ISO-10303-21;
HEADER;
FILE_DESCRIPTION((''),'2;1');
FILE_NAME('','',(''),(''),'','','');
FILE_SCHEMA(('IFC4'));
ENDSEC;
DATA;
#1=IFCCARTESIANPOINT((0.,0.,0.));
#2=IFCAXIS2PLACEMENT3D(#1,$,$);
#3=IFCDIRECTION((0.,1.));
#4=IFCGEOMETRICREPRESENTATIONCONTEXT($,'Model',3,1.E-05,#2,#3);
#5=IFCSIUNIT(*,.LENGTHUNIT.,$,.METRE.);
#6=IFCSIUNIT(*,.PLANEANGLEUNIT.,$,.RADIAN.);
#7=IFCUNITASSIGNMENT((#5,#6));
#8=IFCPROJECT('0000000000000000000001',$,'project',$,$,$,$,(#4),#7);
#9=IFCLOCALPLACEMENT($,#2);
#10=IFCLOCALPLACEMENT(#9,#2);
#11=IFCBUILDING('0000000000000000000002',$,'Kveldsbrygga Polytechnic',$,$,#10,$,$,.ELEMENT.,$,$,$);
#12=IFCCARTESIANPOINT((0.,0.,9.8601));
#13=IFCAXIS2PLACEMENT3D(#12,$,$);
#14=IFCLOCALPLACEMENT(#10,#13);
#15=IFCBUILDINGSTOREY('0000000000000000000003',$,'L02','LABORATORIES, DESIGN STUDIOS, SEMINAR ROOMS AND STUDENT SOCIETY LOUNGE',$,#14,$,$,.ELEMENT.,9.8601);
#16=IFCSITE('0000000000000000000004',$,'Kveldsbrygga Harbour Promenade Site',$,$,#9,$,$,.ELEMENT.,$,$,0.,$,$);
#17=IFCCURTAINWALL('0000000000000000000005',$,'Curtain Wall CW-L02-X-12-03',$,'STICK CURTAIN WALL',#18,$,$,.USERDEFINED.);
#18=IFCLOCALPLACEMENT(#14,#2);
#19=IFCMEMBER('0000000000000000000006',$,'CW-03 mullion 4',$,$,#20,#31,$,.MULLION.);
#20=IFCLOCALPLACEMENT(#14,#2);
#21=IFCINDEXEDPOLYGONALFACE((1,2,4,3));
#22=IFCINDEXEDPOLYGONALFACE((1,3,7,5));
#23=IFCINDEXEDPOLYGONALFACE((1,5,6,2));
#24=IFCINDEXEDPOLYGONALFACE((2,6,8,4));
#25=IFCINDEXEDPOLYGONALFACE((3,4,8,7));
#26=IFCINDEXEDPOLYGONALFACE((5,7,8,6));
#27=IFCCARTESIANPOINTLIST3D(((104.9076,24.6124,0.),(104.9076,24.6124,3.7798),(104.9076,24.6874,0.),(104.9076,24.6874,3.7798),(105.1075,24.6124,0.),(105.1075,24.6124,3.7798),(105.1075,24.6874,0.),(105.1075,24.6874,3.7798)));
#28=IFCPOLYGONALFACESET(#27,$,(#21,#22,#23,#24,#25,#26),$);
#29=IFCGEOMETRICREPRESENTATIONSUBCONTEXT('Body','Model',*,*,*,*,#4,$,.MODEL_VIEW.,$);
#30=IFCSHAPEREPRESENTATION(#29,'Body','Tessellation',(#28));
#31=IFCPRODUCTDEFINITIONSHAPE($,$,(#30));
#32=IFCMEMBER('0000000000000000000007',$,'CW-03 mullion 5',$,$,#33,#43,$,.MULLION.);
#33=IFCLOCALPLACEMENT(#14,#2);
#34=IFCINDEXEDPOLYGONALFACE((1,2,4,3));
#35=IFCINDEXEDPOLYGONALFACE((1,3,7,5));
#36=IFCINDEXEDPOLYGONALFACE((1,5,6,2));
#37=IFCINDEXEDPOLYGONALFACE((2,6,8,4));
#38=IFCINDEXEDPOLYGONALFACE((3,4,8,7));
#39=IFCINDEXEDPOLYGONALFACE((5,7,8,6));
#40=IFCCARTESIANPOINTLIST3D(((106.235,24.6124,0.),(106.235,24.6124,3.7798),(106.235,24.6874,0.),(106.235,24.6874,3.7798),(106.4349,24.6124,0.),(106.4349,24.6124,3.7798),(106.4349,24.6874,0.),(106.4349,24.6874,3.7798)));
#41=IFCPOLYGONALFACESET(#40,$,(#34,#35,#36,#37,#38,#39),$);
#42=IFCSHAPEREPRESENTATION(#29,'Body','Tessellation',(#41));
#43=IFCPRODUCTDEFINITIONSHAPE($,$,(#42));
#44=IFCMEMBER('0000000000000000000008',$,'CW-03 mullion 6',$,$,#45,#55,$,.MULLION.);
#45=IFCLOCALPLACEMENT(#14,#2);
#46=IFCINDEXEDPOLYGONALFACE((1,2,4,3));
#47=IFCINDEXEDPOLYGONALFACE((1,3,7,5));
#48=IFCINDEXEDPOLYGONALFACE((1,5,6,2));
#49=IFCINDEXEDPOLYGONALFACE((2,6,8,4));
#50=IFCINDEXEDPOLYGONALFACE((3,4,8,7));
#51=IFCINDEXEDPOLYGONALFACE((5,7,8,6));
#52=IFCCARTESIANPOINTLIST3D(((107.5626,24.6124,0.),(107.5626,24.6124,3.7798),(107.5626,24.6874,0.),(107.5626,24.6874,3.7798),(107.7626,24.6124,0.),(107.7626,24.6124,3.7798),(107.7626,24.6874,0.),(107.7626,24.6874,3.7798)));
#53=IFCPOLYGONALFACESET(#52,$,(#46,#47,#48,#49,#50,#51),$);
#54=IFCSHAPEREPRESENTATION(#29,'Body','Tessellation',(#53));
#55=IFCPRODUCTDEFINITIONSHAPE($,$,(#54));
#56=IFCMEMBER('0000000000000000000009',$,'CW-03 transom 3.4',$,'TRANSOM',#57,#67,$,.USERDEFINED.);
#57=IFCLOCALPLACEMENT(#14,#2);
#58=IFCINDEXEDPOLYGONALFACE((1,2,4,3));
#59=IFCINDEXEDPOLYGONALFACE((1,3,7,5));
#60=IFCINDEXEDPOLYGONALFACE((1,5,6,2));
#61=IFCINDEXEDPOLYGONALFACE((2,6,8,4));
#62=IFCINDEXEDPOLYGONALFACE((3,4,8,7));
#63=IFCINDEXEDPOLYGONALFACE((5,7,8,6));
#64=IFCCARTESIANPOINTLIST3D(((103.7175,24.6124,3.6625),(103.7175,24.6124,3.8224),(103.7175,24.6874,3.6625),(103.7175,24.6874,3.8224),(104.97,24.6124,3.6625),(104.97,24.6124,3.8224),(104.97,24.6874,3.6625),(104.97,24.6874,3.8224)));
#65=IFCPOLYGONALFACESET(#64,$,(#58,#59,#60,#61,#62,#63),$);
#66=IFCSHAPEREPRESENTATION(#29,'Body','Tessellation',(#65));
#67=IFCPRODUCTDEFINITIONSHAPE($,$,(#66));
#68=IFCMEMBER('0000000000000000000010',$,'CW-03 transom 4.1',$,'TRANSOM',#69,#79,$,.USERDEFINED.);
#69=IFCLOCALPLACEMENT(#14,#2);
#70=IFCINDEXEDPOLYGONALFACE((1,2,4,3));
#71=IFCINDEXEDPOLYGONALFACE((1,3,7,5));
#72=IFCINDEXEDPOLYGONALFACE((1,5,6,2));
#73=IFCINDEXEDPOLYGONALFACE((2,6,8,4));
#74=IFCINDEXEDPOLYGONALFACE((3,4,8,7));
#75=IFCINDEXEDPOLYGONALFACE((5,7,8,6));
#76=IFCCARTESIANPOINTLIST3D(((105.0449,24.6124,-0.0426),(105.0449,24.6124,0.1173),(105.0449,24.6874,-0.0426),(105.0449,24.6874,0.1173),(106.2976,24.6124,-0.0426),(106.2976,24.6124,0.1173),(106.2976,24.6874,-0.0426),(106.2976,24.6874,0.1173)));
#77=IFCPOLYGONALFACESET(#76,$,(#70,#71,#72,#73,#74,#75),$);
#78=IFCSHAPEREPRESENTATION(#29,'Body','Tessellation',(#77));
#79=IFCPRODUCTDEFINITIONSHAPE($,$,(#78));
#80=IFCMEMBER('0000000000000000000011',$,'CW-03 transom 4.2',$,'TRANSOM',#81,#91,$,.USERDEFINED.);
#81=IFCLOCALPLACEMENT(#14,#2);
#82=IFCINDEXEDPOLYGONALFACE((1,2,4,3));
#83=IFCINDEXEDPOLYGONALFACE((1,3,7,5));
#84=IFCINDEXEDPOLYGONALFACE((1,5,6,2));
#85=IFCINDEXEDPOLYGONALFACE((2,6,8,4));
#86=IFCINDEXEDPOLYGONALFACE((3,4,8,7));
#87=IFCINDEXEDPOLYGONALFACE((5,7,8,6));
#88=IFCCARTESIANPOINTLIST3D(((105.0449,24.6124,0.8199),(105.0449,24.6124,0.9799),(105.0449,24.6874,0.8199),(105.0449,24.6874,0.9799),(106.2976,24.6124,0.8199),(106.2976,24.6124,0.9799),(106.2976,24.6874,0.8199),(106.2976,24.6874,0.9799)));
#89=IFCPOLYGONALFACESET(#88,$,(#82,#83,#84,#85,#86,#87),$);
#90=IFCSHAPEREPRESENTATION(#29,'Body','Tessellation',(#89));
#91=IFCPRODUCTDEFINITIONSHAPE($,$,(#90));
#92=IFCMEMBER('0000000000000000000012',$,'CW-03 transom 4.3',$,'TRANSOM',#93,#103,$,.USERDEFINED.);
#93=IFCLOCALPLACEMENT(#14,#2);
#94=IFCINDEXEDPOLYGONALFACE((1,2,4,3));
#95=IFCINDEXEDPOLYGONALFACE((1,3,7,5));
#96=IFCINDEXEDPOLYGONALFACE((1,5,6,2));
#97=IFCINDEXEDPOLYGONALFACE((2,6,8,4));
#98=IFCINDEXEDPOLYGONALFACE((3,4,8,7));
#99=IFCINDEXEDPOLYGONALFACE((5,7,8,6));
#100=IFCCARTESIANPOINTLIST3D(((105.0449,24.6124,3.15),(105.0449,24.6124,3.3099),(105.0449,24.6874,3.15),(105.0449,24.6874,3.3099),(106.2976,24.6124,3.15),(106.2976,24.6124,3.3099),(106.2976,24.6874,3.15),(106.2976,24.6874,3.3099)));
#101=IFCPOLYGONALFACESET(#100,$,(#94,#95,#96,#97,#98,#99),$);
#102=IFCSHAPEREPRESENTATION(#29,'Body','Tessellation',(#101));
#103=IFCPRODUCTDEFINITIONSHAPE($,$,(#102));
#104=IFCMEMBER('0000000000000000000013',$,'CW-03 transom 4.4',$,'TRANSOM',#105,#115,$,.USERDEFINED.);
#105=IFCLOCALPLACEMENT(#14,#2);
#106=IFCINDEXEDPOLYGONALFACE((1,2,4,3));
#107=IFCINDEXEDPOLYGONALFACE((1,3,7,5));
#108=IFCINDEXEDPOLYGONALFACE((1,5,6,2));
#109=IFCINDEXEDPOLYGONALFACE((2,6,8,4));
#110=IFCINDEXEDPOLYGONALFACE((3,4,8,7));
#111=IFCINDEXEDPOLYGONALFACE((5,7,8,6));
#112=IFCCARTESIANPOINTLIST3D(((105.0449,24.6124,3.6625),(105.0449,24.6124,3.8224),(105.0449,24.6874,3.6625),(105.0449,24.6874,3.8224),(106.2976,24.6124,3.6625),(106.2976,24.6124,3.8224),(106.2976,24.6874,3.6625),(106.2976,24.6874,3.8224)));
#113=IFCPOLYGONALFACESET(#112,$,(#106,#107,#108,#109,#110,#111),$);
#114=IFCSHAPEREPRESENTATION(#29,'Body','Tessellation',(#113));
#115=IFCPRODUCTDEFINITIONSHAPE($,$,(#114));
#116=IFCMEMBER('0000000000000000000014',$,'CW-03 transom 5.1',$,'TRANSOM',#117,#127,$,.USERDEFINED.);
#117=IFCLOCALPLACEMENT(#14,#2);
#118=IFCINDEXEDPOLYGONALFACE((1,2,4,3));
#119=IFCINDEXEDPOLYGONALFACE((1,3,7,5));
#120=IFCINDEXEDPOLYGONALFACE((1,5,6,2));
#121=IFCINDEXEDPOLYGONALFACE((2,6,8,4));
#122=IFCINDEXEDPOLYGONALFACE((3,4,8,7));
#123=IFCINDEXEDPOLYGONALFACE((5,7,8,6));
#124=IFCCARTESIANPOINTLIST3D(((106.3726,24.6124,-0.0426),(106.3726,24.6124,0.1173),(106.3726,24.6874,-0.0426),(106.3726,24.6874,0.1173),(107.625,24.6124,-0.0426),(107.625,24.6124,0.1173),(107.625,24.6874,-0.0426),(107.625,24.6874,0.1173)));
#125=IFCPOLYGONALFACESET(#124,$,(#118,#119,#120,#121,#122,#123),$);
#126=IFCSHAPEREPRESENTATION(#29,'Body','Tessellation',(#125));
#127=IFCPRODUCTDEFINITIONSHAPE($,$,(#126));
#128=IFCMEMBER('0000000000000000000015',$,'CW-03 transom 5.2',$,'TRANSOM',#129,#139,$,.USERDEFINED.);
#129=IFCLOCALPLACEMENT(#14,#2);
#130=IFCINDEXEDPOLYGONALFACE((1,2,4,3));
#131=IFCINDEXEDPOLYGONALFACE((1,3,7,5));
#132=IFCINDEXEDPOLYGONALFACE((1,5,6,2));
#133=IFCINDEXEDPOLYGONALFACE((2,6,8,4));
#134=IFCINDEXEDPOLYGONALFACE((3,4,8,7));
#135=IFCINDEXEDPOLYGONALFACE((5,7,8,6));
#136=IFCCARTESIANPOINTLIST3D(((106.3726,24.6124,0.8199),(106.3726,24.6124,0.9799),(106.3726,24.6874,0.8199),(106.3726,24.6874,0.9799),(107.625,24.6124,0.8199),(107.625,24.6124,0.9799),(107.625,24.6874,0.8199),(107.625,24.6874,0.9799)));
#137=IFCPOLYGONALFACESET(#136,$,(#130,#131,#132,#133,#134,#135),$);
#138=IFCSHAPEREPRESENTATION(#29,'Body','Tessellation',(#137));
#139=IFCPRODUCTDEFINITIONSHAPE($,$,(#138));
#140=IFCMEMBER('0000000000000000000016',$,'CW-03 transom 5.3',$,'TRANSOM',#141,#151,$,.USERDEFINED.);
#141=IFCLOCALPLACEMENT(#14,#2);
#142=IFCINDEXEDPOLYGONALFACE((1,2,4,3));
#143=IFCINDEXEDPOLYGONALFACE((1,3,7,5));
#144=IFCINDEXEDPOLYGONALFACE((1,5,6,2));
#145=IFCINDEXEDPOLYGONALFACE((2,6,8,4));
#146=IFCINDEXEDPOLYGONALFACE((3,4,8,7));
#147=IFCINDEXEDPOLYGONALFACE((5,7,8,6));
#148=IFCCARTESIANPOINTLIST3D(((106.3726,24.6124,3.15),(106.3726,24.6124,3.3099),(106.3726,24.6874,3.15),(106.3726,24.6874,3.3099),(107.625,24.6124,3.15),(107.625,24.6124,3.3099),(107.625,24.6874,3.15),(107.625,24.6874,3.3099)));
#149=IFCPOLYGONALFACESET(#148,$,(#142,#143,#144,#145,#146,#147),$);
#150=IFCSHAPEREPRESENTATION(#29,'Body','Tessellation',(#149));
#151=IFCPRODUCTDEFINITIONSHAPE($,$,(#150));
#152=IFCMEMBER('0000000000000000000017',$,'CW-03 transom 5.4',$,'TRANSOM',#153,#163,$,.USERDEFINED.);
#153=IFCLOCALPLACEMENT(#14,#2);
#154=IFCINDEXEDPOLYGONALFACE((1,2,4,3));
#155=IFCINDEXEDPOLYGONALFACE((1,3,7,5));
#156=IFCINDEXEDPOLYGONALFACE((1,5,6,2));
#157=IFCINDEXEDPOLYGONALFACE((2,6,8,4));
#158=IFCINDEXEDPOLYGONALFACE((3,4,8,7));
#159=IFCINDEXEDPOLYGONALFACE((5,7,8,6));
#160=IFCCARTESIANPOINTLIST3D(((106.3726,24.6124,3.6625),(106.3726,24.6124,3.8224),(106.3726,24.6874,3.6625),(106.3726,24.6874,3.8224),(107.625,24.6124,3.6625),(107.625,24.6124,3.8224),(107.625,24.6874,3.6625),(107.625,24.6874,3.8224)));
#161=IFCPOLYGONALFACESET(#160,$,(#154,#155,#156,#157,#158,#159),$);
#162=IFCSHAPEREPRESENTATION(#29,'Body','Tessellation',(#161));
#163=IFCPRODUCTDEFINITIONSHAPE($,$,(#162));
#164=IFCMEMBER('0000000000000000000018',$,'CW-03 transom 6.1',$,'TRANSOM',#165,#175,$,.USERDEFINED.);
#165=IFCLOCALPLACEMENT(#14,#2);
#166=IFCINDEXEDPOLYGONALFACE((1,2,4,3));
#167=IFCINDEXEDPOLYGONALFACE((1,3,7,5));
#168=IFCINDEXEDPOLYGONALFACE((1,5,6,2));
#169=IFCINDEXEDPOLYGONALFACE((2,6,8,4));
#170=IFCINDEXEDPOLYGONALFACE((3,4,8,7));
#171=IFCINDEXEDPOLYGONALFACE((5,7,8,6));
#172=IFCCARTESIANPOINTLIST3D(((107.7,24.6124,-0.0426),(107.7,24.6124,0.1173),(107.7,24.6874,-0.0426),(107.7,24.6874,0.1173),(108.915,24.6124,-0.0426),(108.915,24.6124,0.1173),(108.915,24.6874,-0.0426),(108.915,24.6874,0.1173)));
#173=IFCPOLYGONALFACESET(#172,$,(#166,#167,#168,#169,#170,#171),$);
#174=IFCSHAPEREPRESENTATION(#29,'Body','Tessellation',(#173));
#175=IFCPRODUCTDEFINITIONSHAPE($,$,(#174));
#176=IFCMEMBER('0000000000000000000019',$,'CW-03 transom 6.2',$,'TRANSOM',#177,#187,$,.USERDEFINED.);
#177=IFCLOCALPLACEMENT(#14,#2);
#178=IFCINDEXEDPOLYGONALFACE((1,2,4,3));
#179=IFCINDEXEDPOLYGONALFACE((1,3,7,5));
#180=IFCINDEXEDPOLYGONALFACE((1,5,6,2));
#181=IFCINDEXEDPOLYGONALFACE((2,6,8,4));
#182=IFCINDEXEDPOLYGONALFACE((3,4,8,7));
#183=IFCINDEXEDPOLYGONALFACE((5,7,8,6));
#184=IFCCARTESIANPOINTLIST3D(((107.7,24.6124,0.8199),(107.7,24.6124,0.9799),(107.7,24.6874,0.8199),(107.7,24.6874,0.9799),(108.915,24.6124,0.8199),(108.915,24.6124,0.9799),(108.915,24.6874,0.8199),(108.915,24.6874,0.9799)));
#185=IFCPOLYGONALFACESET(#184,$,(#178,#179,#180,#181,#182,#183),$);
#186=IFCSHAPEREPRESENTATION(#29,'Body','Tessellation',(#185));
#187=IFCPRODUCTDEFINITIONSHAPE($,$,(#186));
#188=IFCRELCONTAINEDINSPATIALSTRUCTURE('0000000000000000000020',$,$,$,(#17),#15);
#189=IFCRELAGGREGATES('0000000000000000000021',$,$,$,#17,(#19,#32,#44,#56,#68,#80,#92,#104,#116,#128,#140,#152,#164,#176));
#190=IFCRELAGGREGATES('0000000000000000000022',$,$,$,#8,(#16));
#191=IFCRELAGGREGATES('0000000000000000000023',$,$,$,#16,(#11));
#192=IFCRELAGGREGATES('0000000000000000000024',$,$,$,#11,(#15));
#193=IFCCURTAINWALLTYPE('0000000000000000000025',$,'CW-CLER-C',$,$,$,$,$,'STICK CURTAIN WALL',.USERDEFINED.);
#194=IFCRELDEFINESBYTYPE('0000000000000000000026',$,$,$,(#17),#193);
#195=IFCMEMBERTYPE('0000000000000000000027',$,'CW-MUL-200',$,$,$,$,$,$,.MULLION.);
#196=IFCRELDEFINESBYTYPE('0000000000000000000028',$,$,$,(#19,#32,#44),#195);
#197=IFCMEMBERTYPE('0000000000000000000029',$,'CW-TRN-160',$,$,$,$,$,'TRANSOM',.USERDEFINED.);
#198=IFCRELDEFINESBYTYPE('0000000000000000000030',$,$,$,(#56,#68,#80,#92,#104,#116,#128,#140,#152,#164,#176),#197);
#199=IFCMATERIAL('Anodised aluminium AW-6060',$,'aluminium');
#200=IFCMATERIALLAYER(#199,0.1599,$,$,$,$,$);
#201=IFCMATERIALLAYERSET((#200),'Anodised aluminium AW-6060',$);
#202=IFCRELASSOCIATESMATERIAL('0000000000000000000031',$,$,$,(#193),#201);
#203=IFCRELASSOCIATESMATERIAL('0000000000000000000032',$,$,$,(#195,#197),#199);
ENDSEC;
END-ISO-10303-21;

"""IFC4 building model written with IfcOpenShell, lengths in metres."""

from ifc_helpers import new_model, si_unit, direction, frame, origin, origin_2d, place, context, subcontext, project, spatial, rectangle, extrude, material, layer, layer_set, material_profile, profile_set, type_object, element, aggregate, save


model = new_model("IFC4")

# Units and contexts
model_context = context("Model", 3, precision=1e-05, world=origin(), true_north=direction((0.0, 1.0)))
body_context = subcontext(model_context, "Body", "Model", "MODEL_VIEW")
ifc_project = project(units=[si_unit("LENGTHUNIT", "METRE"), si_unit("PLANEANGLEUNIT", "RADIAN")], contexts=[model_context])

# Site, building, storey
site_placement = place(None, origin())
site = spatial("IfcSite", under=ifc_project, at=site_placement, Name="Kveldsbrygga Harbour Promenade Site", CompositionType="ELEMENT", RefElevation=0.0)
building_placement = place(site_placement, origin())
building = spatial("IfcBuilding", under=site, at=building_placement, Name="Kveldsbrygga Polytechnic", CompositionType="ELEMENT")
storey_placement = place(building_placement, frame((0.0, 0.0, 9.8601)))
storey = spatial("IfcBuildingStorey", under=building, at=storey_placement, Name="L02", Description="LABORATORIES, DESIGN STUDIOS, SEMINAR ROOMS AND STUDENT SOCIETY LOUNGE", CompositionType="ELEMENT", Elevation=9.8601)

# Curtain wall, members
ifc_material_1 = material(Name="Anodised aluminium AW-6060", Category="aluminium")
ifc_layer_1 = layer(ifc_material_1, 0.1599)
ifc_layer_set_1 = layer_set([ifc_layer_1], Name="Anodised aluminium AW-6060")
curtain_wall_type = type_object("IfcCurtainWallType", Name="CW-CLER-C", ElementType="STICK CURTAIN WALL", PredefinedType="USERDEFINED", material=ifc_layer_set_1)
curtain_wall_placement = place(storey_placement, origin())
curtain_wall = element("IfcCurtainWall", 1, at=curtain_wall_placement, inside=storey, type_object=curtain_wall_type, Name="Curtain Wall CW-L02-X-12-03", ObjectType="STICK CURTAIN WALL", PredefinedType="USERDEFINED")
ifc_material_profile_1 = material_profile(ifc_material_1, rectangle(XDim=0.075, YDim=0.2, at=origin_2d()), Name="ALU 75x200")
ifc_profile_set_1 = profile_set([ifc_material_profile_1], Name="Anodised aluminium AW-6060")
member_type_1 = type_object("IfcMemberType", Name="CW-MUL-200", PredefinedType="MULLION", material=ifc_profile_set_1)
member_1_placement = place(storey_placement, frame((105.0076, 24.6499, 0.0), z_axis=(0.0, 0.0, 1.0), x_axis=(0.0, 1.0, 0.0)))
member_1 = element("IfcMember", 2, at=member_1_placement, type_object=member_type_1, Name="CW-03 mullion 4", PredefinedType="MULLION", context=body_context, shape_type="SweptSolid", body=[
    extrude(rectangle(XDim=0.075, YDim=0.2, at=origin_2d()), origin(), (0.0, 0.0, 1.0), 3.7798),
])
member_2_placement = place(storey_placement, frame((106.335, 24.6499, 0.0), z_axis=(0.0, 0.0, 1.0), x_axis=(0.0, 1.0, 0.0)))
member_2 = element("IfcMember", 3, at=member_2_placement, type_object=member_type_1, Name="CW-03 mullion 5", PredefinedType="MULLION", context=body_context, shape_type="SweptSolid", body=[
    extrude(rectangle(XDim=0.075, YDim=0.2, at=origin_2d()), origin(), (0.0, 0.0, 1.0), 3.7798),
])
member_3_placement = place(storey_placement, frame((107.6626, 24.6499, 0.0), z_axis=(0.0, 0.0, 1.0), x_axis=(0.0, 1.0, 0.0)))
member_3 = element("IfcMember", 4, at=member_3_placement, type_object=member_type_1, Name="CW-03 mullion 6", PredefinedType="MULLION", context=body_context, shape_type="SweptSolid", body=[
    extrude(rectangle(XDim=0.075, YDim=0.2, at=origin_2d()), origin(), (0.0, 0.0, 1.0), 3.7798),
])
ifc_material_profile_2 = material_profile(ifc_material_1, rectangle(XDim=0.075, YDim=0.1599, at=origin_2d()), Name="ALU 75x160")
ifc_profile_set_2 = profile_set([ifc_material_profile_2], Name="Anodised aluminium AW-6060")
member_type_2 = type_object("IfcMemberType", Name="CW-TRN-160", ElementType="TRANSOM", PredefinedType="USERDEFINED", material=ifc_profile_set_2)
member_4_placement = place(storey_placement, frame((103.7175, 24.6499, 3.7424), z_axis=(1.0, 0.0, 0.0), x_axis=(0.0, 1.0, 0.0)))
member_4 = element("IfcMember", 5, at=member_4_placement, type_object=member_type_2, Name="CW-03 transom 3.4", ObjectType="TRANSOM", PredefinedType="USERDEFINED", context=body_context, shape_type="SweptSolid", body=[
    extrude(rectangle(XDim=0.075, YDim=0.1599, at=origin_2d()), origin(), (0.0, 0.0, 1.0), 1.2524),
])
member_5_placement = place(storey_placement, frame((105.0449, 24.6499, 0.0374), z_axis=(1.0, 0.0, 0.0), x_axis=(0.0, 1.0, 0.0)))
member_5 = element("IfcMember", 6, at=member_5_placement, type_object=member_type_2, Name="CW-03 transom 4.1", ObjectType="TRANSOM", PredefinedType="USERDEFINED", context=body_context, shape_type="SweptSolid", body=[
    extrude(rectangle(XDim=0.075, YDim=0.1599, at=origin_2d()), origin(), (0.0, 0.0, 1.0), 1.2527),
])
member_6_placement = place(storey_placement, frame((105.0449, 24.6499, 0.8999), z_axis=(1.0, 0.0, 0.0), x_axis=(0.0, 1.0, 0.0)))
member_6 = element("IfcMember", 7, at=member_6_placement, type_object=member_type_2, Name="CW-03 transom 4.2", ObjectType="TRANSOM", PredefinedType="USERDEFINED", context=body_context, shape_type="SweptSolid", body=[
    extrude(rectangle(XDim=0.075, YDim=0.1599, at=origin_2d()), origin(), (0.0, 0.0, 1.0), 1.2527),
])
member_7_placement = place(storey_placement, frame((105.0449, 24.6499, 3.23), z_axis=(1.0, 0.0, 0.0), x_axis=(0.0, 1.0, 0.0)))
member_7 = element("IfcMember", 8, at=member_7_placement, type_object=member_type_2, Name="CW-03 transom 4.3", ObjectType="TRANSOM", PredefinedType="USERDEFINED", context=body_context, shape_type="SweptSolid", body=[
    extrude(rectangle(XDim=0.075, YDim=0.1599, at=origin_2d()), origin(), (0.0, 0.0, 1.0), 1.2527),
])
member_8_placement = place(storey_placement, frame((105.0449, 24.6499, 3.7424), z_axis=(1.0, 0.0, 0.0), x_axis=(0.0, 1.0, 0.0)))
member_8 = element("IfcMember", 9, at=member_8_placement, type_object=member_type_2, Name="CW-03 transom 4.4", ObjectType="TRANSOM", PredefinedType="USERDEFINED", context=body_context, shape_type="SweptSolid", body=[
    extrude(rectangle(XDim=0.075, YDim=0.1599, at=origin_2d()), origin(), (0.0, 0.0, 1.0), 1.2527),
])
member_9_placement = place(storey_placement, frame((106.3726, 24.6499, 0.0374), z_axis=(1.0, 0.0, 0.0), x_axis=(0.0, 1.0, 0.0)))
member_9 = element("IfcMember", 10, at=member_9_placement, type_object=member_type_2, Name="CW-03 transom 5.1", ObjectType="TRANSOM", PredefinedType="USERDEFINED", context=body_context, shape_type="SweptSolid", body=[
    extrude(rectangle(XDim=0.075, YDim=0.1599, at=origin_2d()), origin(), (0.0, 0.0, 1.0), 1.2524),
])
member_10_placement = place(storey_placement, frame((106.3726, 24.6499, 0.8999), z_axis=(1.0, 0.0, 0.0), x_axis=(0.0, 1.0, 0.0)))
member_10 = element("IfcMember", 11, at=member_10_placement, type_object=member_type_2, Name="CW-03 transom 5.2", ObjectType="TRANSOM", PredefinedType="USERDEFINED", context=body_context, shape_type="SweptSolid", body=[
    extrude(rectangle(XDim=0.075, YDim=0.1599, at=origin_2d()), origin(), (0.0, 0.0, 1.0), 1.2524),
])
member_11_placement = place(storey_placement, frame((106.3726, 24.6499, 3.23), z_axis=(1.0, 0.0, 0.0), x_axis=(0.0, 1.0, 0.0)))
member_11 = element("IfcMember", 12, at=member_11_placement, type_object=member_type_2, Name="CW-03 transom 5.3", ObjectType="TRANSOM", PredefinedType="USERDEFINED", context=body_context, shape_type="SweptSolid", body=[
    extrude(rectangle(XDim=0.075, YDim=0.1599, at=origin_2d()), origin(), (0.0, 0.0, 1.0), 1.2524),
])
member_12_placement = place(storey_placement, frame((106.3726, 24.6499, 3.7424), z_axis=(1.0, 0.0, 0.0), x_axis=(0.0, 1.0, 0.0)))
member_12 = element("IfcMember", 13, at=member_12_placement, type_object=member_type_2, Name="CW-03 transom 5.4", ObjectType="TRANSOM", PredefinedType="USERDEFINED", context=body_context, shape_type="SweptSolid", body=[
    extrude(rectangle(XDim=0.075, YDim=0.1599, at=origin_2d()), origin(), (0.0, 0.0, 1.0), 1.2524),
])
member_13_placement = place(storey_placement, frame((107.7, 24.6499, 0.0374), z_axis=(1.0, 0.0, 0.0), x_axis=(0.0, 1.0, 0.0)))
member_13 = element("IfcMember", 14, at=member_13_placement, type_object=member_type_2, Name="CW-03 transom 6.1", ObjectType="TRANSOM", PredefinedType="USERDEFINED", context=body_context, shape_type="SweptSolid", body=[
    extrude(rectangle(XDim=0.075, YDim=0.1599, at=origin_2d()), origin(), (0.0, 0.0, 1.0), 1.2151),
])
member_14_placement = place(storey_placement, frame((107.7, 24.6499, 0.8999), z_axis=(1.0, 0.0, 0.0), x_axis=(0.0, 1.0, 0.0)))
member_14 = element("IfcMember", 15, at=member_14_placement, type_object=member_type_2, Name="CW-03 transom 6.2", ObjectType="TRANSOM", PredefinedType="USERDEFINED", context=body_context, shape_type="SweptSolid", body=[
    extrude(rectangle(XDim=0.075, YDim=0.1599, at=origin_2d()), origin(), (0.0, 0.0, 1.0), 1.2151),
])
aggregate(curtain_wall, [member_1, member_2, member_3, member_4, member_5, member_6, member_7, member_8, member_9, member_10, member_11, member_12, member_13, member_14])

save(model, "model.ifc")
